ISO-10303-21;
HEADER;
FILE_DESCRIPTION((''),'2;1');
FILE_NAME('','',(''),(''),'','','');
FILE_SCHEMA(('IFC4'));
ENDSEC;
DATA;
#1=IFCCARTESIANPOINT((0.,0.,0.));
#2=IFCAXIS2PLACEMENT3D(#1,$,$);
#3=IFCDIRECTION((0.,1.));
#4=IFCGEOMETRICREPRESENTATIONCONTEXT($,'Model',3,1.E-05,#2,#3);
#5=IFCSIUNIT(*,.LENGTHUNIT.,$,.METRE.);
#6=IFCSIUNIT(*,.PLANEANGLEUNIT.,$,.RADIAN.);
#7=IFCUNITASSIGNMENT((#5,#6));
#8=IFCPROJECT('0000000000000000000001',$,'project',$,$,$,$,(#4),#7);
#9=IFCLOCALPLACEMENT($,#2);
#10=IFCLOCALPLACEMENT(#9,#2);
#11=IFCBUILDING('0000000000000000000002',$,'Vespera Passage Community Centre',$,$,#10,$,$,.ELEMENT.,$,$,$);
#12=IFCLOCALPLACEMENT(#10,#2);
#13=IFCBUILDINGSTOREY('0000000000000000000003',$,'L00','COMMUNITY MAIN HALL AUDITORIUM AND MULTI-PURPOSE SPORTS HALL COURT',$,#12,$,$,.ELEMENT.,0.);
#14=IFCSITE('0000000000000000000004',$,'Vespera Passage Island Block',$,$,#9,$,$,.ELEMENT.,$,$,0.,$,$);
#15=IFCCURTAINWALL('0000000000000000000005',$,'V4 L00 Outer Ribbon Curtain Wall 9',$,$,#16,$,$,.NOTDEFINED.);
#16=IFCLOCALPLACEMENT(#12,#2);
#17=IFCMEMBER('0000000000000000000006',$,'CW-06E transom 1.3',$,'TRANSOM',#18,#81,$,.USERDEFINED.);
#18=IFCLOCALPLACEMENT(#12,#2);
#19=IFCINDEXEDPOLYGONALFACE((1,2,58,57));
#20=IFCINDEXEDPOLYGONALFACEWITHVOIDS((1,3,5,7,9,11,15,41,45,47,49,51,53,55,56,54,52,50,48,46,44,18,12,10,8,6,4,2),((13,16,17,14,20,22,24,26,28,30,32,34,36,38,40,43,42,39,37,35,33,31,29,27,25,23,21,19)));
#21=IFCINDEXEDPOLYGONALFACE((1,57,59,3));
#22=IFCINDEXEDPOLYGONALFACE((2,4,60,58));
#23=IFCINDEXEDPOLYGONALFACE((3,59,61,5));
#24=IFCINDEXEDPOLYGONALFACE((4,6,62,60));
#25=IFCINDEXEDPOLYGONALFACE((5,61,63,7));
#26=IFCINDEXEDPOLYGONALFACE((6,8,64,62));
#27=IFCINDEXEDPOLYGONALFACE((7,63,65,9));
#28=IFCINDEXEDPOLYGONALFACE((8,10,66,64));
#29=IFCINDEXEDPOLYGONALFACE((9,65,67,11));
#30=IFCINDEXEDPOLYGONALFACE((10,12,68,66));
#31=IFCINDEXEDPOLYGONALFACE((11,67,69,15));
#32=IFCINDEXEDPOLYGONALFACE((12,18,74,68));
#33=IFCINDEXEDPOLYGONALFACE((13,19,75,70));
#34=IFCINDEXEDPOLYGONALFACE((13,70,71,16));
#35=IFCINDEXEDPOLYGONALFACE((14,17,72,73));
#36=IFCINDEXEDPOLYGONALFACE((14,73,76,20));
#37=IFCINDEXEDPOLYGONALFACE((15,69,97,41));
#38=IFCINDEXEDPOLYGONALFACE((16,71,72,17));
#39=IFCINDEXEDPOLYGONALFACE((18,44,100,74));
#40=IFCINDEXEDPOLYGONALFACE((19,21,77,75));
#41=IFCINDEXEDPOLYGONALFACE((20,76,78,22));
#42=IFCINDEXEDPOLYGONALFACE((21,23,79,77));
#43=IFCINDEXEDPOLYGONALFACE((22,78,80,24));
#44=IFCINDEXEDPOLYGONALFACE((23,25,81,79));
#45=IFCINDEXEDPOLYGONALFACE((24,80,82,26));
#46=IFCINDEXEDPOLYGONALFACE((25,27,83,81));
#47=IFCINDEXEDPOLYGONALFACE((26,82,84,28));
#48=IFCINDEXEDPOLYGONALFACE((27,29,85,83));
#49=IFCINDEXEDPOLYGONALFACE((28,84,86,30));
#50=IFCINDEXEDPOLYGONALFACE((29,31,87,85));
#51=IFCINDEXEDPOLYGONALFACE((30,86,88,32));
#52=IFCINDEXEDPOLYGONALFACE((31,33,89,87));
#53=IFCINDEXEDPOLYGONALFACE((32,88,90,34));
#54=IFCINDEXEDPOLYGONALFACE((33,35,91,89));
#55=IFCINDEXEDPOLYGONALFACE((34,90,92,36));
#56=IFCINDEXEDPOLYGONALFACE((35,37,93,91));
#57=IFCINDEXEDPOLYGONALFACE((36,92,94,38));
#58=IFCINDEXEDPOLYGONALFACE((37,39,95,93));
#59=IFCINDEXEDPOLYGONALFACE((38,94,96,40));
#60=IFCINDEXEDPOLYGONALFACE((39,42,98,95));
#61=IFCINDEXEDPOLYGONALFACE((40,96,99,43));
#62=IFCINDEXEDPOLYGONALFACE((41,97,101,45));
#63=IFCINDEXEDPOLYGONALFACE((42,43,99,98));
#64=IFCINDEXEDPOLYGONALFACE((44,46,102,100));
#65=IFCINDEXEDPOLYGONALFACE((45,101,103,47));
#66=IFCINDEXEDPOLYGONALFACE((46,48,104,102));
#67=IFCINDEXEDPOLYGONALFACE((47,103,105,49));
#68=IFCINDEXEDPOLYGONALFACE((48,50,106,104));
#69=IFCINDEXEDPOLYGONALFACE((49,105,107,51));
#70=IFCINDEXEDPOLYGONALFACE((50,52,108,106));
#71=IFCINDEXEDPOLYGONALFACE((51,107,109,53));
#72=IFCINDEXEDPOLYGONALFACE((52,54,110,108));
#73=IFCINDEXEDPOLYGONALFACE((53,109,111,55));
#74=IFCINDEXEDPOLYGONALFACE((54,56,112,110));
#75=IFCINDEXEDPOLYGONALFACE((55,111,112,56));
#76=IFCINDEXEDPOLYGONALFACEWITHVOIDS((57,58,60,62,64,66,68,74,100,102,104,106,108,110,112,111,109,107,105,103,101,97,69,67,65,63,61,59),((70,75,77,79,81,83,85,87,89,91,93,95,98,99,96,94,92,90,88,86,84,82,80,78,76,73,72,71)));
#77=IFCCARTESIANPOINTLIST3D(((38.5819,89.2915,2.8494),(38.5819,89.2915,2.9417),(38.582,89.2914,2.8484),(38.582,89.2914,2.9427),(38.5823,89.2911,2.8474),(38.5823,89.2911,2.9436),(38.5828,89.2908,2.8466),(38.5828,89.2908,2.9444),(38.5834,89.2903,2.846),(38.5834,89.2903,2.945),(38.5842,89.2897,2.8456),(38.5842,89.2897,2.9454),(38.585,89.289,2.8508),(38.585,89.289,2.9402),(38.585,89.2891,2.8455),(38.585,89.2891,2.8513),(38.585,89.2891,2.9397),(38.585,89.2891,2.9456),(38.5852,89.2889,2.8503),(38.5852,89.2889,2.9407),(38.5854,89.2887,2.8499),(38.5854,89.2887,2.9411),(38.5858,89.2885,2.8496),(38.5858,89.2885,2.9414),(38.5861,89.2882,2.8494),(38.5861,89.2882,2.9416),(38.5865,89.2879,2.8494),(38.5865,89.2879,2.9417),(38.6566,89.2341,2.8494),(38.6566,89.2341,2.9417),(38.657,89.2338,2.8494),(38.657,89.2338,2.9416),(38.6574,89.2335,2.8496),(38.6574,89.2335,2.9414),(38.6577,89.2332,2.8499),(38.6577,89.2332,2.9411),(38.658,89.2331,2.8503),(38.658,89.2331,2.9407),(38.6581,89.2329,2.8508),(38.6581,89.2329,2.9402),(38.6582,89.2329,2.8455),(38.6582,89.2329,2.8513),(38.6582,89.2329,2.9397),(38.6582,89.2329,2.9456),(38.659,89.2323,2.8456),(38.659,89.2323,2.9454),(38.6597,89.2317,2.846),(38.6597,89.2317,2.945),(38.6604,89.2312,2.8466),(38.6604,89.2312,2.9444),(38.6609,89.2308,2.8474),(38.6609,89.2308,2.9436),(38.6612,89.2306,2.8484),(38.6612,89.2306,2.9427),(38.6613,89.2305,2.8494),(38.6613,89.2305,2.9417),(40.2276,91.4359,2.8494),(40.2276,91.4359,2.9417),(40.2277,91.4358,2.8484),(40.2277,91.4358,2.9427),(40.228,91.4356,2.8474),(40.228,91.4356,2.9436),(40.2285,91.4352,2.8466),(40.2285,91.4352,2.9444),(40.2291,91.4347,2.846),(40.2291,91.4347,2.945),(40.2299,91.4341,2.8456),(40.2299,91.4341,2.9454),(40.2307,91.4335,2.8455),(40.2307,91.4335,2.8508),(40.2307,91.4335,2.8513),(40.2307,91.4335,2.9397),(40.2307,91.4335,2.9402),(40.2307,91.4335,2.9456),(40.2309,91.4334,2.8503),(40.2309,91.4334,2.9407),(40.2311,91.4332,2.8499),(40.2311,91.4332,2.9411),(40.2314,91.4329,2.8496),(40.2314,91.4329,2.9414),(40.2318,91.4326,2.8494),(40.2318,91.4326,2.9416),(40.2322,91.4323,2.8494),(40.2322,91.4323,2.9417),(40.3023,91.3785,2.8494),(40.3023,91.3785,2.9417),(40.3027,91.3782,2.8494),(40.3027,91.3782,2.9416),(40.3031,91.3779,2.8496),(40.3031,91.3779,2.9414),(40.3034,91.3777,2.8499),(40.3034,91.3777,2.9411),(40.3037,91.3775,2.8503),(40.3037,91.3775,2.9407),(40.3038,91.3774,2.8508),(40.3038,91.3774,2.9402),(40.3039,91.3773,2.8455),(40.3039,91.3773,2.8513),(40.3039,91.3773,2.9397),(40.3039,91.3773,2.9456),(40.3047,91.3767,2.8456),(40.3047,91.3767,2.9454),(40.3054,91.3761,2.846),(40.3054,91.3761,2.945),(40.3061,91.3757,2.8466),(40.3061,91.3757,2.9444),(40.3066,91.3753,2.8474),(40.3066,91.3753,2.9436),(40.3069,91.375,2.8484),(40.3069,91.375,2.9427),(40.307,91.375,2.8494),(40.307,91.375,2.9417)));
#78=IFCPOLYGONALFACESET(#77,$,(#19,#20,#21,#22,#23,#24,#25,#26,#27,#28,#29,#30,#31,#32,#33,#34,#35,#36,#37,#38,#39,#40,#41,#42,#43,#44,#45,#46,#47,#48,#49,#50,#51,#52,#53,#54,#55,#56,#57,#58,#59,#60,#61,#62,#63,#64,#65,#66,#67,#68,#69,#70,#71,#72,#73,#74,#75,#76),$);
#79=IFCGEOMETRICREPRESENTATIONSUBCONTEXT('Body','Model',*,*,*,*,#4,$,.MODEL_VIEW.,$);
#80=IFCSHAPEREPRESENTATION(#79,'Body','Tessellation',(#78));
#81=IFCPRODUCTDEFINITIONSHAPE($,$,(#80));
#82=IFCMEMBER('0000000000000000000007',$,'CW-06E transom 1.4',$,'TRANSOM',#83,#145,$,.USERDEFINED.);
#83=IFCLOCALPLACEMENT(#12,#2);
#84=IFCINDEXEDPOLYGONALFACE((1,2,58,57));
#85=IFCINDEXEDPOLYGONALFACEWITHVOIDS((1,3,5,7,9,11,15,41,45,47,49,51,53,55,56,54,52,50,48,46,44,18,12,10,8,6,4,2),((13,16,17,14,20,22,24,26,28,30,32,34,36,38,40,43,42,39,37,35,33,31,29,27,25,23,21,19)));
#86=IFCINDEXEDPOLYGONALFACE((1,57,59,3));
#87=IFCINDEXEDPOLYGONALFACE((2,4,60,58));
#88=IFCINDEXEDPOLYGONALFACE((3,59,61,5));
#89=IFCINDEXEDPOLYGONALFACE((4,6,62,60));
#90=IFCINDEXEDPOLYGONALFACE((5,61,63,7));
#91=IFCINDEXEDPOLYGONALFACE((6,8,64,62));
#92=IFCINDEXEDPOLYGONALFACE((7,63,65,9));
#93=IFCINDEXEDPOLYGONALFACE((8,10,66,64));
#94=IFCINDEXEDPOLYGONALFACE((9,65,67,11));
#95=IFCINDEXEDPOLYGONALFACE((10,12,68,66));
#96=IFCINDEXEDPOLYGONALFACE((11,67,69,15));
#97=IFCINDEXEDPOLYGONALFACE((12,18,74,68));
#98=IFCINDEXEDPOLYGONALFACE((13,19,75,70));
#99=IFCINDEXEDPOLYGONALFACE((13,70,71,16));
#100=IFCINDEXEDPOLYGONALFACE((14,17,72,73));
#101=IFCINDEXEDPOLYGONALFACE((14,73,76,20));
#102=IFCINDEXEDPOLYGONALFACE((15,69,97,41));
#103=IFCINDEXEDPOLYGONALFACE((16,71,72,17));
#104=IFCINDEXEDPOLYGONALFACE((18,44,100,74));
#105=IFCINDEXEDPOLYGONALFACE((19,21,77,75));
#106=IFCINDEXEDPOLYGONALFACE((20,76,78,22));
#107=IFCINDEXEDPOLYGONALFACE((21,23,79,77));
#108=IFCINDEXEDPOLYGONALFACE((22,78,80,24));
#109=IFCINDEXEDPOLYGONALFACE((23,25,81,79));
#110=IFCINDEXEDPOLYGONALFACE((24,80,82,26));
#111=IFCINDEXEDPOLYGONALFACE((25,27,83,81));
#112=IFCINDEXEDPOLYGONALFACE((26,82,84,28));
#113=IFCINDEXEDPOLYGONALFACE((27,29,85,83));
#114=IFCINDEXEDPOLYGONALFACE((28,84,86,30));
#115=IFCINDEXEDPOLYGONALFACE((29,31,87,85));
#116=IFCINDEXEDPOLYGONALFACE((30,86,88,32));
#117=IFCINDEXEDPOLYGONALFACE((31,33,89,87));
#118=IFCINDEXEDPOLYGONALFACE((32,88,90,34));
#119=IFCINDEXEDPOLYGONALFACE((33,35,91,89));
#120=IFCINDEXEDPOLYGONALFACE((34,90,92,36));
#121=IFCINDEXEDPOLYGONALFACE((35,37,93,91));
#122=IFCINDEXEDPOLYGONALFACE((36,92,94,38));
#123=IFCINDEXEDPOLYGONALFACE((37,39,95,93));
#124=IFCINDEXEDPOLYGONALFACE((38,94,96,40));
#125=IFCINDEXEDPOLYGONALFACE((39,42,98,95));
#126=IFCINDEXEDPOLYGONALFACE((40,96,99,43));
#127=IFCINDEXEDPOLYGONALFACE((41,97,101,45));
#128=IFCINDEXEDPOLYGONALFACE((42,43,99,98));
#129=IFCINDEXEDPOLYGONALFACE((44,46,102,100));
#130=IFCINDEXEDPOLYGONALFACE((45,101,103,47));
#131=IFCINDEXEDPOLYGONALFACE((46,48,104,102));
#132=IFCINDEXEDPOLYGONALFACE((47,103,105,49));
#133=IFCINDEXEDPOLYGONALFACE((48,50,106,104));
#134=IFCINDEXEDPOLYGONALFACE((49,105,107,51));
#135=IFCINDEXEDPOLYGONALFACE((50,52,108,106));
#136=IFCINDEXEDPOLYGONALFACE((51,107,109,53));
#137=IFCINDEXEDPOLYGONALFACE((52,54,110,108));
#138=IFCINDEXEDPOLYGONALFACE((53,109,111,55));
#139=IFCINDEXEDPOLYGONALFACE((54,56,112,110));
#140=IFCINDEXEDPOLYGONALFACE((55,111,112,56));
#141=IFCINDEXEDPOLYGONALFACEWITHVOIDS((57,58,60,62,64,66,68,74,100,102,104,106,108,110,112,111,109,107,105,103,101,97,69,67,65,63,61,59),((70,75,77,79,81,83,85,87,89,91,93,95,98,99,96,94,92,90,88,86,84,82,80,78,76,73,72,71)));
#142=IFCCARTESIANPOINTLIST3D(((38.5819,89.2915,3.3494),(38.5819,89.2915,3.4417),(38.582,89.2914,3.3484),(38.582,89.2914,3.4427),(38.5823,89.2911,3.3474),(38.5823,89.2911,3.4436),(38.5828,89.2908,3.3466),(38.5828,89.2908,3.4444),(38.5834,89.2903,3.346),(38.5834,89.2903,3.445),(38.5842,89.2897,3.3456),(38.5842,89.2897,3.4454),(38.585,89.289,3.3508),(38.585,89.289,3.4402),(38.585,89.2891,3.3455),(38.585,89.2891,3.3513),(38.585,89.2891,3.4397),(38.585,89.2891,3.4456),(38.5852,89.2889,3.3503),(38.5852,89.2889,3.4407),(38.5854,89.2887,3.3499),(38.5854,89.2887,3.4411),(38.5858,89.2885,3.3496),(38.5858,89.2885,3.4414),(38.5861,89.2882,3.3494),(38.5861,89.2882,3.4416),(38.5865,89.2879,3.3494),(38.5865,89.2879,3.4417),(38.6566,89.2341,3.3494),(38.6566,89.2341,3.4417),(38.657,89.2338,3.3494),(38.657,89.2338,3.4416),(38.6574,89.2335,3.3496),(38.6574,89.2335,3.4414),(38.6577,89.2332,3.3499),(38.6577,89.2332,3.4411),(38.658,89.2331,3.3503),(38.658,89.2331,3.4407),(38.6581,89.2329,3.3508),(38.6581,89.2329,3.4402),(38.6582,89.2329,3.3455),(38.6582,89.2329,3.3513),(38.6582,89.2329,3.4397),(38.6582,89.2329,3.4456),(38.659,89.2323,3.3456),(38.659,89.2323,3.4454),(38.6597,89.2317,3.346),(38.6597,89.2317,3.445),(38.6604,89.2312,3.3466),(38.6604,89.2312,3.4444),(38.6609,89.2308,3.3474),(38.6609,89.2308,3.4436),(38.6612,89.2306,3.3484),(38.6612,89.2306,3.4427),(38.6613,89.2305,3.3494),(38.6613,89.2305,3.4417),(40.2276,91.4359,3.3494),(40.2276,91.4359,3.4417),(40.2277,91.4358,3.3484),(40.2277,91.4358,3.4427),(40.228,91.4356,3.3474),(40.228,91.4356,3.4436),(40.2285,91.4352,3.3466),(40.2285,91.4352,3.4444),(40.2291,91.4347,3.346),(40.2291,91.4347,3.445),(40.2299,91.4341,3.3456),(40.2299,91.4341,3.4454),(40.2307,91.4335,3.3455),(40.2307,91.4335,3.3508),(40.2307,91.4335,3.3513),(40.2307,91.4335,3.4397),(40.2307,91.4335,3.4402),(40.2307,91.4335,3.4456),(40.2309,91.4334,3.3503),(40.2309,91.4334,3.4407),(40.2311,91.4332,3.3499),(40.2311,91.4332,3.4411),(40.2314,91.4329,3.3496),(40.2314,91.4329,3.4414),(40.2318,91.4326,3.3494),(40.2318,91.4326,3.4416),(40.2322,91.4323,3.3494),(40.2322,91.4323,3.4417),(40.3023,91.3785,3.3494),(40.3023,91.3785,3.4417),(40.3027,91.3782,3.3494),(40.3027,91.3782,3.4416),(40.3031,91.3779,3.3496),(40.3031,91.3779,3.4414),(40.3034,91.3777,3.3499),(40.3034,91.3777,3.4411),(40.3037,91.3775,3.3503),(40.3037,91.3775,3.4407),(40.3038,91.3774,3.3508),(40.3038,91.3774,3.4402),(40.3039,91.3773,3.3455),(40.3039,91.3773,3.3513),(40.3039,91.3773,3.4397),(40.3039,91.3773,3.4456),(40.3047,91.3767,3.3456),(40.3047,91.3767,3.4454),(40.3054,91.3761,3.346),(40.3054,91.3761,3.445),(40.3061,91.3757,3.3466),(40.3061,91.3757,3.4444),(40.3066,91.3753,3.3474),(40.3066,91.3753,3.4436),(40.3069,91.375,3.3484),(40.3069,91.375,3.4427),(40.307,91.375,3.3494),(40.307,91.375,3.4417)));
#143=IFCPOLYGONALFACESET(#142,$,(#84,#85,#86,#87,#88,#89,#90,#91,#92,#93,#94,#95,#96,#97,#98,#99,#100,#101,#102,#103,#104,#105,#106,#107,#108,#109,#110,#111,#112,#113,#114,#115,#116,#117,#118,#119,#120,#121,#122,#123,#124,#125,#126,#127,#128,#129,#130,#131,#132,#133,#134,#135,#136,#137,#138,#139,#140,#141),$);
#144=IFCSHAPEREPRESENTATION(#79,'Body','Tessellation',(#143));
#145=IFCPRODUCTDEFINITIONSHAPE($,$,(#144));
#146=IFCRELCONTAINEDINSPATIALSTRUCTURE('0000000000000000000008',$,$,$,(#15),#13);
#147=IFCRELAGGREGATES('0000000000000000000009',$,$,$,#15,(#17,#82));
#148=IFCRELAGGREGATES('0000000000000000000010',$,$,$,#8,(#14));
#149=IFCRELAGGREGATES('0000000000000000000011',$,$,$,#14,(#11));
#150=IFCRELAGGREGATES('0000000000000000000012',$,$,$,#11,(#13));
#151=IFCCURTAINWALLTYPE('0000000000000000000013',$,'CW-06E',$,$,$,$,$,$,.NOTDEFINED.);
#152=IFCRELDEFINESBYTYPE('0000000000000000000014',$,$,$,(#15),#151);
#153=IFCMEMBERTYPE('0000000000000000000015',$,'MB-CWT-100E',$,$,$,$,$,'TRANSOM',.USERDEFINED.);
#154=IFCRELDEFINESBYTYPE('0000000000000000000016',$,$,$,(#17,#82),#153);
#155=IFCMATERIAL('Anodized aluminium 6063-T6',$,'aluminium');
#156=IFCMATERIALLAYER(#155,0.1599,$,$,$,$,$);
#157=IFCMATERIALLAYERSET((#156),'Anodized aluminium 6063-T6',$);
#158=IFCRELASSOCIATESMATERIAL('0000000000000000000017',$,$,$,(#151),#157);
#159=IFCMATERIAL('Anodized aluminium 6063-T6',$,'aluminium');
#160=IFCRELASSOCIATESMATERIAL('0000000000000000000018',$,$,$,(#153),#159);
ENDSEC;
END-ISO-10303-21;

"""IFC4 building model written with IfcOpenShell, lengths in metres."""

from ifc_helpers import new_model, si_unit, direction, frame, origin, origin_2d, place, context, subcontext, project, spatial, hollow_rectangle, extrude, material, layer, layer_set, material_profile, profile_set, type_object, element, aggregate, save


model = new_model("IFC4")

# Units and contexts
model_context = context("Model", 3, precision=1e-05, world=origin(), true_north=direction((0.0, 1.0)))
body_context = subcontext(model_context, "Body", "Model", "MODEL_VIEW")
ifc_project = project(units=[si_unit("LENGTHUNIT", "METRE"), si_unit("PLANEANGLEUNIT", "RADIAN")], contexts=[model_context])

# Site, building, storey
site_placement = place(None, origin())
site = spatial("IfcSite", under=ifc_project, at=site_placement, Name="Vespera Passage Island Block", CompositionType="ELEMENT", RefElevation=0.0)
building_placement = place(site_placement, origin())
building = spatial("IfcBuilding", under=site, at=building_placement, Name="Vespera Passage Community Centre", CompositionType="ELEMENT")
storey_placement = place(building_placement, origin())
storey = spatial("IfcBuildingStorey", under=building, at=storey_placement, Name="L00", Description="COMMUNITY MAIN HALL AUDITORIUM AND MULTI-PURPOSE SPORTS HALL COURT", CompositionType="ELEMENT", Elevation=0.0)

# Curtain wall
ifc_material_1 = material(Name="Anodized aluminium 6063-T6", Category="aluminium")
ifc_layer_1 = layer(ifc_material_1, 0.1599)
ifc_layer_set_1 = layer_set([ifc_layer_1], Name="Anodized aluminium 6063-T6")
curtain_wall_type_1 = type_object("IfcCurtainWallType", Name="CW-06E", PredefinedType="NOTDEFINED", material=ifc_layer_set_1)
curtain_wall_1_placement = place(storey_placement, origin())
curtain_wall_1 = element("IfcCurtainWall", 1, at=curtain_wall_1_placement, inside=storey, type_object=curtain_wall_type_1, Name="V4 L00 Outer Ribbon Curtain Wall 9", PredefinedType="NOTDEFINED")

# Members
ifc_material_2 = material(Name="Anodized aluminium 6063-T6", Category="aluminium")
ifc_material_profile_1 = material_profile(ifc_material_2, hollow_rectangle(XDim=0.1001, YDim=0.1001, WallThickness=0.0039, InnerFilletRadius=0.002, OuterFilletRadius=0.0039, at=origin_2d()), Name="ALU100X100X4")
ifc_profile_set_1 = profile_set([ifc_material_profile_1], Name="Anodized aluminium 6063-T6")
member_type_1 = type_object("IfcMemberType", Name="MB-CWT-100E", ElementType="TRANSOM", PredefinedType="USERDEFINED", material=ifc_profile_set_1)
member_1_placement = place(storey_placement, frame((38.6216, 89.261, 2.8955), z_axis=(0.608807, 0.793318, 0.0), x_axis=(-0.793318, 0.608807, 0.0)))
member_1 = element("IfcMember", 2, at=member_1_placement, type_object=member_type_1, Name="CW-06E transom 1.3", ObjectType="TRANSOM", PredefinedType="USERDEFINED", context=body_context, shape_type="SweptSolid", body=[
    extrude(hollow_rectangle(XDim=0.1001, YDim=0.1001, WallThickness=0.0039, InnerFilletRadius=0.002, OuterFilletRadius=0.0039, at=origin_2d()), origin(), (0.0, 0.0, 1.0), 2.7031),
])
member_2_placement = place(storey_placement, frame((38.6216, 89.261, 3.3955), z_axis=(0.608807, 0.793318, 0.0), x_axis=(-0.793318, 0.608807, 0.0)))
member_2 = element("IfcMember", 3, at=member_2_placement, type_object=member_type_1, Name="CW-06E transom 1.4", ObjectType="TRANSOM", PredefinedType="USERDEFINED", context=body_context, shape_type="SweptSolid", body=[
    extrude(hollow_rectangle(XDim=0.1001, YDim=0.1001, WallThickness=0.0039, InnerFilletRadius=0.002, OuterFilletRadius=0.0039, at=origin_2d()), origin(), (0.0, 0.0, 1.0), 2.7031),
])

aggregate(curtain_wall_1, [member_1, member_2])

save(model, "model.ifc")
